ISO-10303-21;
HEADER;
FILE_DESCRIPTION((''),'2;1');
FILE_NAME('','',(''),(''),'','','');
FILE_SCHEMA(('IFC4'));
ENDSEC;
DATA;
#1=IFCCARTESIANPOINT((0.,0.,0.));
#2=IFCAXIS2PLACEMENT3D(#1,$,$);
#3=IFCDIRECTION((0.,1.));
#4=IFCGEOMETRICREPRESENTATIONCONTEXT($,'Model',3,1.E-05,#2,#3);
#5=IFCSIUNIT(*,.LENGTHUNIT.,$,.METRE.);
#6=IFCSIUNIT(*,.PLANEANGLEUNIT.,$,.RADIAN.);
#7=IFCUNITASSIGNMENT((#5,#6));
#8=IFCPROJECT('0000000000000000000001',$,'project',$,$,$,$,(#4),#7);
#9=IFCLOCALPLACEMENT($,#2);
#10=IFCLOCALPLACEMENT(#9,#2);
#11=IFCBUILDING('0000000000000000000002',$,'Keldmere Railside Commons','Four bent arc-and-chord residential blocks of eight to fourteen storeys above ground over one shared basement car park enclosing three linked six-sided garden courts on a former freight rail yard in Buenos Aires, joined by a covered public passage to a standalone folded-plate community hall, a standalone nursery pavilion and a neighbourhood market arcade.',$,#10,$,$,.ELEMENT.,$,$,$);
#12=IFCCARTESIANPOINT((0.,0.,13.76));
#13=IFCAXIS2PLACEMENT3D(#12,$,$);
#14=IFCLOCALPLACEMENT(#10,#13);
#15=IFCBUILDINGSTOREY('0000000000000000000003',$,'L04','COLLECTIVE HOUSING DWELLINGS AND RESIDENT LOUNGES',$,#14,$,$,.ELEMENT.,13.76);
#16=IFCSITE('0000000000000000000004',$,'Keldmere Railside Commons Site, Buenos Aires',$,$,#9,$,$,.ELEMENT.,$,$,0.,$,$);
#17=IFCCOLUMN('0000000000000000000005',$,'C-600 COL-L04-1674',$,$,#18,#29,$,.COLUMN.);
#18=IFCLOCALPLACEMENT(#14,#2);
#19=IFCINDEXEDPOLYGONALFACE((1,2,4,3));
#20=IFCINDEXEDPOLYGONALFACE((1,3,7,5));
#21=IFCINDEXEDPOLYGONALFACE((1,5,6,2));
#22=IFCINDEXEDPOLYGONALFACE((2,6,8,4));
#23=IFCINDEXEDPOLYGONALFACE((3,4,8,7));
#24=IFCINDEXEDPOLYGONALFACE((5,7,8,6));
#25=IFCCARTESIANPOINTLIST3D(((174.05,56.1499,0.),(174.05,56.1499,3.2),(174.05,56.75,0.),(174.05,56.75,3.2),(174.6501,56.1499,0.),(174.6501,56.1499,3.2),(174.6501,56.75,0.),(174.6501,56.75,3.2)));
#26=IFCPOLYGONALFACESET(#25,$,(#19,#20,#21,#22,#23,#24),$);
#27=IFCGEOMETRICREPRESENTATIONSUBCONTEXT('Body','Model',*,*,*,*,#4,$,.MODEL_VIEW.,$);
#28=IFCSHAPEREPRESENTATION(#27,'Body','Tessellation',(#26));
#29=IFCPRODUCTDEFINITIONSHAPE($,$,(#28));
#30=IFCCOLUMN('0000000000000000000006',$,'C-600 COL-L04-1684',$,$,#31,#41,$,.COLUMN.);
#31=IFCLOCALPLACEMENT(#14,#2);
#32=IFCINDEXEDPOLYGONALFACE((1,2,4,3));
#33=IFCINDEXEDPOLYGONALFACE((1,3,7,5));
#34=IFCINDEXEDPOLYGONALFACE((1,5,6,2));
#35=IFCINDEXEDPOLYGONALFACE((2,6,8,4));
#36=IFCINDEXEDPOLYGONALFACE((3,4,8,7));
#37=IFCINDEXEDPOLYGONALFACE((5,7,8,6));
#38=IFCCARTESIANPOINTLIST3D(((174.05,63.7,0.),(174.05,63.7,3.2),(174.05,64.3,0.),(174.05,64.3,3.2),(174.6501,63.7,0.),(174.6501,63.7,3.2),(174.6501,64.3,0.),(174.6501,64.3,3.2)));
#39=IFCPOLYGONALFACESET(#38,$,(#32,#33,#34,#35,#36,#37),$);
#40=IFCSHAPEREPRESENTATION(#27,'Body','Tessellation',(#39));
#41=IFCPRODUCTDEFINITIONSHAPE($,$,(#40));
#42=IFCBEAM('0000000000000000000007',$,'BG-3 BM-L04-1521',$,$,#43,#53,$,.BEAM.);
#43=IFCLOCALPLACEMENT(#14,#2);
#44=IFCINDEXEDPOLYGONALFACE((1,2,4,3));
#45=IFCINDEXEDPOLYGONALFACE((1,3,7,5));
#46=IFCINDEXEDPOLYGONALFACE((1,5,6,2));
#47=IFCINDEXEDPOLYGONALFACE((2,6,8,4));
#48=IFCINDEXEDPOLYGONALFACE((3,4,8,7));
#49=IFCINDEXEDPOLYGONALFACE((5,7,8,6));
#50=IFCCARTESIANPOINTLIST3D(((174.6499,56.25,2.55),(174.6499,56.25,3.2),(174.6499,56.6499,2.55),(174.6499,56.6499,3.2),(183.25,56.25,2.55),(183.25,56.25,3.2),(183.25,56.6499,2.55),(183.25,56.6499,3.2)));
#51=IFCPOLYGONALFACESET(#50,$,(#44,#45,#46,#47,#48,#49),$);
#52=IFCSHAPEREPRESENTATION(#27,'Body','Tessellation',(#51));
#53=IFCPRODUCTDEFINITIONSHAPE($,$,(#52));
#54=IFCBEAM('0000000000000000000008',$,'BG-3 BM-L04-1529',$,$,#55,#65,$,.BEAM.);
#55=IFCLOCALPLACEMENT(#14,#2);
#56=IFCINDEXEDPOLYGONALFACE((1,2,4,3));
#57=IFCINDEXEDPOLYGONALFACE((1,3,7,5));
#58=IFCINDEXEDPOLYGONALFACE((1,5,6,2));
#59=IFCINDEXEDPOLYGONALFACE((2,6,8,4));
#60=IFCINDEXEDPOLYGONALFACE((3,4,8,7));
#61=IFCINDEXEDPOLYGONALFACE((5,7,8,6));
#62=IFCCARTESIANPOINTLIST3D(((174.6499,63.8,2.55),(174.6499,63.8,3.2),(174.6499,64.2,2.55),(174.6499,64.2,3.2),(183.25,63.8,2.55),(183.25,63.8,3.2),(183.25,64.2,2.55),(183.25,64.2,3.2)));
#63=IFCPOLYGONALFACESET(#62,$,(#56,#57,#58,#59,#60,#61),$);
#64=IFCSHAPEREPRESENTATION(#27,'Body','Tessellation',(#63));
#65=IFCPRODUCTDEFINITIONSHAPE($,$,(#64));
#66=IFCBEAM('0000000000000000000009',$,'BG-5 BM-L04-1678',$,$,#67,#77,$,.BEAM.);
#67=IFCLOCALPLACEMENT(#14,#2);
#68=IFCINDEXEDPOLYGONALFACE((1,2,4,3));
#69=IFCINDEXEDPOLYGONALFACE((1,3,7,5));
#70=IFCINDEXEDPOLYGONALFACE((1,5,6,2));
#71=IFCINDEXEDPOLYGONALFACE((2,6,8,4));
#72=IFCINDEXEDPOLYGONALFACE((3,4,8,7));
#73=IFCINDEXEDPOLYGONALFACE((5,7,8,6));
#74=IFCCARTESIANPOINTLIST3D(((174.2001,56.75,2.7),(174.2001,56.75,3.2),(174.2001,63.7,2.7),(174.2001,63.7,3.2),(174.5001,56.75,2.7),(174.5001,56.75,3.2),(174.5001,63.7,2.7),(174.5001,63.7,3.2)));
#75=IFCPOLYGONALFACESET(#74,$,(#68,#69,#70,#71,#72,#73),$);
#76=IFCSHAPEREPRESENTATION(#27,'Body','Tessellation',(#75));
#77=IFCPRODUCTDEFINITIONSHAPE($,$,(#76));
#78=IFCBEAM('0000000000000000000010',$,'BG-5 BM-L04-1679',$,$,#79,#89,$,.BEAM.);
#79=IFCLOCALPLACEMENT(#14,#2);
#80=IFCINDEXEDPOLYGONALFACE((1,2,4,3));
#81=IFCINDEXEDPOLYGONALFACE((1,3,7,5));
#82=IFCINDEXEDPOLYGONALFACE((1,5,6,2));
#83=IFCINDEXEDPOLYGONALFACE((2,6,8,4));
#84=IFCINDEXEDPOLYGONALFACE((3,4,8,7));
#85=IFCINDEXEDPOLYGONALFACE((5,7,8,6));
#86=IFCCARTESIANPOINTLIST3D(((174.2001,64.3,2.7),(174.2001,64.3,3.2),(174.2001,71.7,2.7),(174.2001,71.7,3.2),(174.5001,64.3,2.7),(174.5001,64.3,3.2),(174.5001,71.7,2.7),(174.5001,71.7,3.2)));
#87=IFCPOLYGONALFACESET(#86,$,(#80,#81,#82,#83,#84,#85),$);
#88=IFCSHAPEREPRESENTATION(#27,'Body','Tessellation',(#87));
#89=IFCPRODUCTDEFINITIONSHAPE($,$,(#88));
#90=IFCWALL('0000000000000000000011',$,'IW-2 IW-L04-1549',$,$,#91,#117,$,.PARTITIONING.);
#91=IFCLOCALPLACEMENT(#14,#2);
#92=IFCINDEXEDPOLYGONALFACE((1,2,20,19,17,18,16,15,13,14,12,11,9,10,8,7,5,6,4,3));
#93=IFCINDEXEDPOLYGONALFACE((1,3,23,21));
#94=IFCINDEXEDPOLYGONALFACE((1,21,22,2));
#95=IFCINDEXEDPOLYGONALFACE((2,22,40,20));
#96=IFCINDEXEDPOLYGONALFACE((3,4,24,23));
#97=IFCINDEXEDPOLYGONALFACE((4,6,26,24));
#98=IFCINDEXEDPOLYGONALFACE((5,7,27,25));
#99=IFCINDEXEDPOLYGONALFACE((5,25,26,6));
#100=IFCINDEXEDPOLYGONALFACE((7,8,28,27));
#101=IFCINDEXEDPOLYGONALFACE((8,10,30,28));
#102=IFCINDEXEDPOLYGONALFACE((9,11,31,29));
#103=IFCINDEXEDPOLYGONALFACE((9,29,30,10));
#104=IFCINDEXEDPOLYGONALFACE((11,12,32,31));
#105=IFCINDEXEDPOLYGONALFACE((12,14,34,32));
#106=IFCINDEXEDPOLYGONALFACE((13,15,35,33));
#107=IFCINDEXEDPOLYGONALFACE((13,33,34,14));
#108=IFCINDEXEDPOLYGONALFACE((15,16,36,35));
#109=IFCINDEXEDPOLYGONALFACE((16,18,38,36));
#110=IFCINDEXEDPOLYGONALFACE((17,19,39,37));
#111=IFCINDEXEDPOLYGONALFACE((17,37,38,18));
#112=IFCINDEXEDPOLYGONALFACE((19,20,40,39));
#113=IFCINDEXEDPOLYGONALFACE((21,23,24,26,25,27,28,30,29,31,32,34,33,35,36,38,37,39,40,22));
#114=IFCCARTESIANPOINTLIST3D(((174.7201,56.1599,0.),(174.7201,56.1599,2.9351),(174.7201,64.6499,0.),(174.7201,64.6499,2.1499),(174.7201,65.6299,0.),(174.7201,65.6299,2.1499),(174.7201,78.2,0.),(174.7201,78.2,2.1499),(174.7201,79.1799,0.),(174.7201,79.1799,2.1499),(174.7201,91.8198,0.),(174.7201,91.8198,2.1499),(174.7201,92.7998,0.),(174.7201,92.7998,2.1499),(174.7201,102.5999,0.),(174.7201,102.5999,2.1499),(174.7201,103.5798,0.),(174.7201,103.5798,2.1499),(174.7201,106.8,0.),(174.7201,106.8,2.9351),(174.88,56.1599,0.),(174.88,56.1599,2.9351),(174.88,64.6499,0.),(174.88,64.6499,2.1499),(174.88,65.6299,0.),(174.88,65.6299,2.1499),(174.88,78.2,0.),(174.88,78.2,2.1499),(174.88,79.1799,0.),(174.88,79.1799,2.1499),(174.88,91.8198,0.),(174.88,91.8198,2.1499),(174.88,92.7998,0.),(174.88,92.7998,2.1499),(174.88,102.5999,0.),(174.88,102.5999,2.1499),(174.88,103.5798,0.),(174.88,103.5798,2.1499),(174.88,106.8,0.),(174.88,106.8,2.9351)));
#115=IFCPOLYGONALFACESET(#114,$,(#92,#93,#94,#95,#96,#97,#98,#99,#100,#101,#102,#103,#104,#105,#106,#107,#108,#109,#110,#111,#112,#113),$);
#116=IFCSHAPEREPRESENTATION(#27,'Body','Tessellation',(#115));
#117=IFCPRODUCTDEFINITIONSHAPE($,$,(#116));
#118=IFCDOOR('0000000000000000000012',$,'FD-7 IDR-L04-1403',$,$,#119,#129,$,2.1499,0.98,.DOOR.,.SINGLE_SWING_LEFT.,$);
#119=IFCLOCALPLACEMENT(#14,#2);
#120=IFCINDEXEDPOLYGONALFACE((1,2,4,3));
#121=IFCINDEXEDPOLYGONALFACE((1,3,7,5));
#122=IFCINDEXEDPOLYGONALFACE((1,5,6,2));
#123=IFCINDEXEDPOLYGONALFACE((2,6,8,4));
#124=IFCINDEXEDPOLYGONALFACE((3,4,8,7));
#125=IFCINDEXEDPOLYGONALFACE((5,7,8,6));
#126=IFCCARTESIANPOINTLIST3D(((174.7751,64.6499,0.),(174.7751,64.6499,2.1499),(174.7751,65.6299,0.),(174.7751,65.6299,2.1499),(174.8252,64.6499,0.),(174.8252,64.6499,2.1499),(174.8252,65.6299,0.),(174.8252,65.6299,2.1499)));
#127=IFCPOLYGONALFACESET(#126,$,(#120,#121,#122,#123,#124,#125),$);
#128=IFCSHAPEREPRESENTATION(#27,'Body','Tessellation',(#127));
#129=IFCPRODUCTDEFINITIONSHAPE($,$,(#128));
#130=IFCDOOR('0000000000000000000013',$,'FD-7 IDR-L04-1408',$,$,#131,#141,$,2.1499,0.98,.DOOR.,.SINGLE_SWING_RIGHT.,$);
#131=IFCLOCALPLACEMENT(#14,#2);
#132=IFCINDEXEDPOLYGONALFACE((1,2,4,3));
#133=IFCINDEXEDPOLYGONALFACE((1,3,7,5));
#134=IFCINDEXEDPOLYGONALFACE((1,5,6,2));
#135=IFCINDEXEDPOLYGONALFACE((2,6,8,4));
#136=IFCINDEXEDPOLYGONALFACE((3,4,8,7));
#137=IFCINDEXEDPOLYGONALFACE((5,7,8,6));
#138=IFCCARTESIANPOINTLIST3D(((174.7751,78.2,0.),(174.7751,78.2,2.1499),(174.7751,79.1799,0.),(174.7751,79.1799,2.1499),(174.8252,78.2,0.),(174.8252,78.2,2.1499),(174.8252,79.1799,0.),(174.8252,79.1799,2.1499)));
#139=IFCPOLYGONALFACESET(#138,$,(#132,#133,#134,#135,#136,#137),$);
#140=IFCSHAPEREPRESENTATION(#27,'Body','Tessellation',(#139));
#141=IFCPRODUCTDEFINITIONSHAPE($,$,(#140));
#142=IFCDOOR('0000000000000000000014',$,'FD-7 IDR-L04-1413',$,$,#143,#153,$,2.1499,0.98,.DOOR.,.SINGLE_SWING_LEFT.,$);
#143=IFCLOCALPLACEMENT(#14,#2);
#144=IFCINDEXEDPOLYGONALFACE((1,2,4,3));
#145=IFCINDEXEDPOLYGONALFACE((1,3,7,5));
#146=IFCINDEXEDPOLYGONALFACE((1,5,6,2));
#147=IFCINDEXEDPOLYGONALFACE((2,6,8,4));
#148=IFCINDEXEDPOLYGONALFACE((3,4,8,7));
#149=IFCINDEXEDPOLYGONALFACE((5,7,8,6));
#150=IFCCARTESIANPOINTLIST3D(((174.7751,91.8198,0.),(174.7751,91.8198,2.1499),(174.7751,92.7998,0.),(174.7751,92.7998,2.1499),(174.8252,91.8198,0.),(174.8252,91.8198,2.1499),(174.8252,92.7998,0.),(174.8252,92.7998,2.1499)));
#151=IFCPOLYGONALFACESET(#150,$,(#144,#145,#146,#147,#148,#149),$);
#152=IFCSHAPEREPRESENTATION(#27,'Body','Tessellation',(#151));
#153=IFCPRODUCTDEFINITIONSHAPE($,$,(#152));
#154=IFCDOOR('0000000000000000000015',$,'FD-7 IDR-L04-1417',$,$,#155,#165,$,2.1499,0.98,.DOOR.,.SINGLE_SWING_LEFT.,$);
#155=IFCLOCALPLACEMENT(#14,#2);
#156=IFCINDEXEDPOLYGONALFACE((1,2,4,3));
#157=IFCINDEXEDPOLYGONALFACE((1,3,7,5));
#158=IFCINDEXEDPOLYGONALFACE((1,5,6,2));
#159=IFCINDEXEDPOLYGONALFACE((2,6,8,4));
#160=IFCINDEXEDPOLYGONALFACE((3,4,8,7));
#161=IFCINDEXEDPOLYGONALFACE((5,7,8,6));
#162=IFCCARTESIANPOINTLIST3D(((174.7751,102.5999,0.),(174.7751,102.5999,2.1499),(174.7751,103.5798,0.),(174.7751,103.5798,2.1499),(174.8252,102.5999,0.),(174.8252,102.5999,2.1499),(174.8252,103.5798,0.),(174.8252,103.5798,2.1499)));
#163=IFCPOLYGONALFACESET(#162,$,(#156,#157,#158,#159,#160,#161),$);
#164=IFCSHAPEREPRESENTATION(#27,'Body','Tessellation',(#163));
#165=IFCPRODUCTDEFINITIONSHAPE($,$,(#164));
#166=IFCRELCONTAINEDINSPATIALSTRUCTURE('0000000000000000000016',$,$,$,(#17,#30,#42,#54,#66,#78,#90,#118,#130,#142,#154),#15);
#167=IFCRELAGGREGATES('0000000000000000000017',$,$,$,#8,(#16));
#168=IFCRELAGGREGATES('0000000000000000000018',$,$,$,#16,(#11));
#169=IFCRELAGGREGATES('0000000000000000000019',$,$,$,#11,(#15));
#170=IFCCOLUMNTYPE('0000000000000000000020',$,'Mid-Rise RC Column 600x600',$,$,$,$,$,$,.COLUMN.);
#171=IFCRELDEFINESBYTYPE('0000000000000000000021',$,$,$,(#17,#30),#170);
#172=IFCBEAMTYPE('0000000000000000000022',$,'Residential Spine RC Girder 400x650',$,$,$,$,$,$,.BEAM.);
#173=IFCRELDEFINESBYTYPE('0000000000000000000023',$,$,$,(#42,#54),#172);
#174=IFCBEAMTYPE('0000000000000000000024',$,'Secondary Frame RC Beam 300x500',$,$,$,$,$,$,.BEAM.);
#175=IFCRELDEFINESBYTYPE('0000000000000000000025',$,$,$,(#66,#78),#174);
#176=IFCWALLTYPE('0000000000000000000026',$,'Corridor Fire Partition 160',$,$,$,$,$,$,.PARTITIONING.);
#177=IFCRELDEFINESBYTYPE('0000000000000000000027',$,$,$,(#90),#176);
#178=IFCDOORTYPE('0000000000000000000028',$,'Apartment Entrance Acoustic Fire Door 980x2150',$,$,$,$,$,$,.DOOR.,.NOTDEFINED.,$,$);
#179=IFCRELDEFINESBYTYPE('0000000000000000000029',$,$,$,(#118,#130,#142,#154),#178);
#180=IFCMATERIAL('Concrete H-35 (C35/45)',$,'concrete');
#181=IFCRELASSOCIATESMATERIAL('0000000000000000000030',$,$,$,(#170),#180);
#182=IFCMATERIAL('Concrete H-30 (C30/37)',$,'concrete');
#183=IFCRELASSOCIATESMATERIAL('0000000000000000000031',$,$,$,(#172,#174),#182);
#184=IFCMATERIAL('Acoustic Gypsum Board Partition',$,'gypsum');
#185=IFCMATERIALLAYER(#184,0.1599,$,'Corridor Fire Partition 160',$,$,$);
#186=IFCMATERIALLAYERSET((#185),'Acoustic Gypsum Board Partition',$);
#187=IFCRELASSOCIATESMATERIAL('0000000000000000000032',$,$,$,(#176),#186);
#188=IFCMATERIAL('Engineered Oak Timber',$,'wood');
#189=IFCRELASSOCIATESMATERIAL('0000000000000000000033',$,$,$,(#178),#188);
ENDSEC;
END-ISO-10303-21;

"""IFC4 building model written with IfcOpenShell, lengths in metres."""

from ifc_helpers import new_model, si_unit, direction, frame, frame_2d, origin, origin_2d, place, context, subcontext, project, spatial, rectangle, extrude, material, layer, layer_set, material_profile, profile_set, type_object, element, fill, save


model = new_model("IFC4")

# Units and contexts
model_context = context("Model", 3, precision=1e-05, world=origin(), true_north=direction((0.0, 1.0)))
body_context = subcontext(model_context, "Body", "Model", "MODEL_VIEW")
ifc_project = project(units=[si_unit("LENGTHUNIT", "METRE"), si_unit("PLANEANGLEUNIT", "RADIAN")], contexts=[model_context])

# Site, building, storey
site_placement = place(None, origin())
site = spatial("IfcSite", under=ifc_project, at=site_placement, Name="Keldmere Railside Commons Site, Buenos Aires", CompositionType="ELEMENT", RefElevation=0.0)
building_placement = place(site_placement, origin())
building = spatial("IfcBuilding", under=site, at=building_placement, Name="Keldmere Railside Commons", Description="Four bent arc-and-chord residential blocks of eight to fourteen storeys above ground over one shared basement car park enclosing three linked six-sided garden courts on a former freight rail yard in Buenos Aires, joined by a covered public passage to a standalone folded-plate community hall, a standalone nursery pavilion and a neighbourhood market arcade.", CompositionType="ELEMENT")
storey_placement = place(building_placement, frame((0.0, 0.0, 13.76)))
storey = spatial("IfcBuildingStorey", under=building, at=storey_placement, Name="L04", Description="COLLECTIVE HOUSING DWELLINGS AND RESIDENT LOUNGES", CompositionType="ELEMENT", Elevation=13.76)

# Columns
ifc_material_1 = material(Name="Concrete H-35 (C35/45)", Category="concrete")
ifc_material_profile_1 = material_profile(ifc_material_1, rectangle(XDim=0.6001, YDim=0.6001, at=origin_2d()), Name="RC-600x600")
ifc_profile_set_1 = profile_set([ifc_material_profile_1], Name="Concrete H-35 (C35/45)")
column_type = type_object("IfcColumnType", Name="Mid-Rise RC Column 600x600", PredefinedType="COLUMN", material=ifc_profile_set_1)
for number, where, z_axis, x_axis, name in (
    (1, (174.3501, 56.45, 0.0), (0.0, 0.0, 1.0), (1.0, 0.0, 0.0), "C-600 COL-L04-1674"),
    (2, (174.3501, 64.0, 0.0), (0.0, 0.0, 1.0), (1.0, 0.0, 0.0), "C-600 COL-L04-1684"),
):
    element("IfcColumn", number, at=place(storey_placement, frame(where, z_axis=z_axis, x_axis=x_axis)), inside=storey, type_object=column_type, Name=name, PredefinedType="COLUMN", context=body_context, shape_type="SweptSolid", body=[
        extrude(rectangle(XDim=0.6001, YDim=0.6001, at=origin_2d()), origin(), (0.0, 0.0, 1.0), 3.2),
    ])

# Beams
ifc_material_2 = material(Name="Concrete H-30 (C30/37)", Category="concrete")
ifc_material_profile_2 = material_profile(ifc_material_2, rectangle(XDim=0.3999, YDim=0.6499, at=origin_2d()), Name="RC-400x650")
ifc_profile_set_2 = profile_set([ifc_material_profile_2], Name="Concrete H-30 (C30/37)")
beam_type_1 = type_object("IfcBeamType", Name="Residential Spine RC Girder 400x650", PredefinedType="BEAM", material=ifc_profile_set_2)
for number, where, z_axis, x_axis, name in (
    (3, (174.6499, 56.45, 2.875), (1.0, 0.0, 0.0), (0.0, 1.0, 0.0), "BG-3 BM-L04-1521"),
    (4, (174.6499, 64.0, 2.875), (1.0, 0.0, 0.0), (0.0, 1.0, 0.0), "BG-3 BM-L04-1529"),
):
    element("IfcBeam", number, at=place(storey_placement, frame(where, z_axis=z_axis, x_axis=x_axis)), inside=storey, type_object=beam_type_1, Name=name, PredefinedType="BEAM", context=body_context, shape_type="SweptSolid", body=[
        extrude(rectangle(XDim=0.3999, YDim=0.6499, at=origin_2d()), origin(), (0.0, 0.0, 1.0), 8.6001),
    ])
ifc_material_profile_3 = material_profile(ifc_material_2, rectangle(XDim=0.3, YDim=0.5, at=origin_2d()), Name="RC-300x500")
ifc_profile_set_3 = profile_set([ifc_material_profile_3], Name="Concrete H-30 (C30/37)")
beam_type_2 = type_object("IfcBeamType", Name="Secondary Frame RC Beam 300x500", PredefinedType="BEAM", material=ifc_profile_set_3)
beam_1_placement = place(storey_placement, frame((174.3501, 56.75, 2.95), z_axis=(0.0, 1.0, 0.0), x_axis=(-1.0, 0.0, 0.0)))
element("IfcBeam", 5, at=beam_1_placement, inside=storey, type_object=beam_type_2, Name="BG-5 BM-L04-1678", PredefinedType="BEAM", context=body_context, shape_type="SweptSolid", body=[
    extrude(rectangle(XDim=0.3, YDim=0.5, at=origin_2d()), origin(), (0.0, 0.0, 1.0), 6.95),
])
beam_2_placement = place(storey_placement, frame((174.3501, 64.3, 2.95), z_axis=(0.0, 1.0, 0.0), x_axis=(-1.0, 0.0, 0.0)))
element("IfcBeam", 6, at=beam_2_placement, inside=storey, type_object=beam_type_2, Name="BG-5 BM-L04-1679", PredefinedType="BEAM", context=body_context, shape_type="SweptSolid", body=[
    extrude(rectangle(XDim=0.3, YDim=0.5, at=origin_2d()), origin(), (0.0, 0.0, 1.0), 7.3999),
])

# Wall, openings, doors
ifc_material_3 = material(Name="Acoustic Gypsum Board Partition", Category="gypsum")
ifc_layer = layer(ifc_material_3, 0.1599, Name="Corridor Fire Partition 160")
ifc_layer_set = layer_set([ifc_layer], Name="Acoustic Gypsum Board Partition")
wall_type = type_object("IfcWallType", Name="Corridor Fire Partition 160", PredefinedType="PARTITIONING", material=ifc_layer_set)
wall_1_placement = place(storey_placement, frame((174.8, 56.1599, 0.0), z_axis=(0.0, 0.0, 1.0), x_axis=(0.0, 1.0, 0.0)))
wall_1 = element("IfcWall", 7, at=wall_1_placement, inside=storey, type_object=wall_type, Name="IW-2 IW-L04-1549", PredefinedType="PARTITIONING", context=body_context, shape_type="SweptSolid", body=[
    extrude(rectangle(XDim=50.6401, YDim=0.1599, at=frame_2d((25.3201, 0.0))), origin(), (0.0, 0.0, 1.0), 2.9351),
])
opening_1_placement = place(wall_1_placement, frame((8.49, 0.0, 0.0)))
opening_1 = element("IfcOpeningElement", 8, at=opening_1_placement, cuts=wall_1, PredefinedType="OPENING", context=body_context, shape_type="SweptSolid", body=[
    extrude(rectangle(XDim=0.98, YDim=2.1499, at=frame_2d((0.49, 1.075))), frame((0.0, 0.0898, 0.0), z_axis=(0.0, -1.0, 0.0), x_axis=(1.0, 0.0, 0.0)), (0.0, 0.0, 1.0), 0.1799),
])
opening_2_placement = place(wall_1_placement, frame((22.04, 0.0, 0.0)))
opening_2 = element("IfcOpeningElement", 9, at=opening_2_placement, cuts=wall_1, PredefinedType="OPENING", context=body_context, shape_type="SweptSolid", body=[
    extrude(rectangle(XDim=0.98, YDim=2.1499, at=frame_2d((0.49, 1.075))), frame((0.0, 0.0898, 0.0), z_axis=(0.0, -1.0, 0.0), x_axis=(1.0, 0.0, 0.0)), (0.0, 0.0, 1.0), 0.1799),
])
opening_3_placement = place(wall_1_placement, frame((35.6599, 0.0, 0.0)))
opening_3 = element("IfcOpeningElement", 10, at=opening_3_placement, cuts=wall_1, PredefinedType="OPENING", context=body_context, shape_type="SweptSolid", body=[
    extrude(rectangle(XDim=0.98, YDim=2.1499, at=frame_2d((0.49, 1.075))), frame((0.0, 0.0898, 0.0), z_axis=(0.0, -1.0, 0.0), x_axis=(1.0, 0.0, 0.0)), (0.0, 0.0, 1.0), 0.1799),
])
opening_4_placement = place(wall_1_placement, frame((46.4399, 0.0, 0.0)))
opening_4 = element("IfcOpeningElement", 11, at=opening_4_placement, cuts=wall_1, PredefinedType="OPENING", context=body_context, shape_type="SweptSolid", body=[
    extrude(rectangle(XDim=0.98, YDim=2.1499, at=frame_2d((0.49, 1.075))), frame((0.0, 0.0898, 0.0), z_axis=(0.0, -1.0, 0.0), x_axis=(1.0, 0.0, 0.0)), (0.0, 0.0, 1.0), 0.1799),
])
ifc_material_4 = material(Name="Engineered Oak Timber", Category="wood")
door_type_1 = type_object("IfcDoorType", Name="Apartment Entrance Acoustic Fire Door 980x2150", OperationType="NOTDEFINED", PredefinedType="DOOR", material=ifc_material_4)
door_1_placement = place(opening_1_placement, origin())
door_1 = element("IfcDoor", 12, at=door_1_placement, inside=storey, type_object=door_type_1, Name="FD-7 IDR-L04-1403", OperationType="SINGLE_SWING_LEFT", OverallHeight=2.1499, OverallWidth=0.98, PredefinedType="DOOR", context=body_context, shape_type="SweptSolid", body=[
    extrude(rectangle(XDim=0.98, YDim=2.1499, at=frame_2d((0.49, 1.075))), frame((0.0, 0.0249, 0.0), z_axis=(0.0, -1.0, 0.0), x_axis=(1.0, 0.0, 0.0)), (0.0, 0.0, 1.0), 0.05),
])
fill(opening_1, door_1)
door_2_placement = place(opening_2_placement, origin())
door_2 = element("IfcDoor", 13, at=door_2_placement, inside=storey, type_object=door_type_1, Name="FD-7 IDR-L04-1408", OperationType="SINGLE_SWING_RIGHT", OverallHeight=2.1499, OverallWidth=0.98, PredefinedType="DOOR", context=body_context, shape_type="SweptSolid", body=[
    extrude(rectangle(XDim=0.98, YDim=2.1499, at=frame_2d((0.49, 1.075))), frame((0.0, 0.0249, 0.0), z_axis=(0.0, -1.0, 0.0), x_axis=(1.0, 0.0, 0.0)), (0.0, 0.0, 1.0), 0.05),
])
fill(opening_2, door_2)
door_3_placement = place(opening_3_placement, origin())
door_3 = element("IfcDoor", 14, at=door_3_placement, inside=storey, type_object=door_type_1, Name="FD-7 IDR-L04-1413", OperationType="SINGLE_SWING_LEFT", OverallHeight=2.1499, OverallWidth=0.98, PredefinedType="DOOR", context=body_context, shape_type="SweptSolid", body=[
    extrude(rectangle(XDim=0.98, YDim=2.1499, at=frame_2d((0.49, 1.075))), frame((0.0, 0.0249, 0.0), z_axis=(0.0, -1.0, 0.0), x_axis=(1.0, 0.0, 0.0)), (0.0, 0.0, 1.0), 0.05),
])
fill(opening_3, door_3)
door_4_placement = place(opening_4_placement, origin())
door_4 = element("IfcDoor", 15, at=door_4_placement, inside=storey, type_object=door_type_1, Name="FD-7 IDR-L04-1417", OperationType="SINGLE_SWING_LEFT", OverallHeight=2.1499, OverallWidth=0.98, PredefinedType="DOOR", context=body_context, shape_type="SweptSolid", body=[
    extrude(rectangle(XDim=0.98, YDim=2.1499, at=frame_2d((0.49, 1.075))), frame((0.0, 0.0249, 0.0), z_axis=(0.0, -1.0, 0.0), x_axis=(1.0, 0.0, 0.0)), (0.0, 0.0, 1.0), 0.05),
])
fill(opening_4, door_4)

save(model, "model.ifc")
